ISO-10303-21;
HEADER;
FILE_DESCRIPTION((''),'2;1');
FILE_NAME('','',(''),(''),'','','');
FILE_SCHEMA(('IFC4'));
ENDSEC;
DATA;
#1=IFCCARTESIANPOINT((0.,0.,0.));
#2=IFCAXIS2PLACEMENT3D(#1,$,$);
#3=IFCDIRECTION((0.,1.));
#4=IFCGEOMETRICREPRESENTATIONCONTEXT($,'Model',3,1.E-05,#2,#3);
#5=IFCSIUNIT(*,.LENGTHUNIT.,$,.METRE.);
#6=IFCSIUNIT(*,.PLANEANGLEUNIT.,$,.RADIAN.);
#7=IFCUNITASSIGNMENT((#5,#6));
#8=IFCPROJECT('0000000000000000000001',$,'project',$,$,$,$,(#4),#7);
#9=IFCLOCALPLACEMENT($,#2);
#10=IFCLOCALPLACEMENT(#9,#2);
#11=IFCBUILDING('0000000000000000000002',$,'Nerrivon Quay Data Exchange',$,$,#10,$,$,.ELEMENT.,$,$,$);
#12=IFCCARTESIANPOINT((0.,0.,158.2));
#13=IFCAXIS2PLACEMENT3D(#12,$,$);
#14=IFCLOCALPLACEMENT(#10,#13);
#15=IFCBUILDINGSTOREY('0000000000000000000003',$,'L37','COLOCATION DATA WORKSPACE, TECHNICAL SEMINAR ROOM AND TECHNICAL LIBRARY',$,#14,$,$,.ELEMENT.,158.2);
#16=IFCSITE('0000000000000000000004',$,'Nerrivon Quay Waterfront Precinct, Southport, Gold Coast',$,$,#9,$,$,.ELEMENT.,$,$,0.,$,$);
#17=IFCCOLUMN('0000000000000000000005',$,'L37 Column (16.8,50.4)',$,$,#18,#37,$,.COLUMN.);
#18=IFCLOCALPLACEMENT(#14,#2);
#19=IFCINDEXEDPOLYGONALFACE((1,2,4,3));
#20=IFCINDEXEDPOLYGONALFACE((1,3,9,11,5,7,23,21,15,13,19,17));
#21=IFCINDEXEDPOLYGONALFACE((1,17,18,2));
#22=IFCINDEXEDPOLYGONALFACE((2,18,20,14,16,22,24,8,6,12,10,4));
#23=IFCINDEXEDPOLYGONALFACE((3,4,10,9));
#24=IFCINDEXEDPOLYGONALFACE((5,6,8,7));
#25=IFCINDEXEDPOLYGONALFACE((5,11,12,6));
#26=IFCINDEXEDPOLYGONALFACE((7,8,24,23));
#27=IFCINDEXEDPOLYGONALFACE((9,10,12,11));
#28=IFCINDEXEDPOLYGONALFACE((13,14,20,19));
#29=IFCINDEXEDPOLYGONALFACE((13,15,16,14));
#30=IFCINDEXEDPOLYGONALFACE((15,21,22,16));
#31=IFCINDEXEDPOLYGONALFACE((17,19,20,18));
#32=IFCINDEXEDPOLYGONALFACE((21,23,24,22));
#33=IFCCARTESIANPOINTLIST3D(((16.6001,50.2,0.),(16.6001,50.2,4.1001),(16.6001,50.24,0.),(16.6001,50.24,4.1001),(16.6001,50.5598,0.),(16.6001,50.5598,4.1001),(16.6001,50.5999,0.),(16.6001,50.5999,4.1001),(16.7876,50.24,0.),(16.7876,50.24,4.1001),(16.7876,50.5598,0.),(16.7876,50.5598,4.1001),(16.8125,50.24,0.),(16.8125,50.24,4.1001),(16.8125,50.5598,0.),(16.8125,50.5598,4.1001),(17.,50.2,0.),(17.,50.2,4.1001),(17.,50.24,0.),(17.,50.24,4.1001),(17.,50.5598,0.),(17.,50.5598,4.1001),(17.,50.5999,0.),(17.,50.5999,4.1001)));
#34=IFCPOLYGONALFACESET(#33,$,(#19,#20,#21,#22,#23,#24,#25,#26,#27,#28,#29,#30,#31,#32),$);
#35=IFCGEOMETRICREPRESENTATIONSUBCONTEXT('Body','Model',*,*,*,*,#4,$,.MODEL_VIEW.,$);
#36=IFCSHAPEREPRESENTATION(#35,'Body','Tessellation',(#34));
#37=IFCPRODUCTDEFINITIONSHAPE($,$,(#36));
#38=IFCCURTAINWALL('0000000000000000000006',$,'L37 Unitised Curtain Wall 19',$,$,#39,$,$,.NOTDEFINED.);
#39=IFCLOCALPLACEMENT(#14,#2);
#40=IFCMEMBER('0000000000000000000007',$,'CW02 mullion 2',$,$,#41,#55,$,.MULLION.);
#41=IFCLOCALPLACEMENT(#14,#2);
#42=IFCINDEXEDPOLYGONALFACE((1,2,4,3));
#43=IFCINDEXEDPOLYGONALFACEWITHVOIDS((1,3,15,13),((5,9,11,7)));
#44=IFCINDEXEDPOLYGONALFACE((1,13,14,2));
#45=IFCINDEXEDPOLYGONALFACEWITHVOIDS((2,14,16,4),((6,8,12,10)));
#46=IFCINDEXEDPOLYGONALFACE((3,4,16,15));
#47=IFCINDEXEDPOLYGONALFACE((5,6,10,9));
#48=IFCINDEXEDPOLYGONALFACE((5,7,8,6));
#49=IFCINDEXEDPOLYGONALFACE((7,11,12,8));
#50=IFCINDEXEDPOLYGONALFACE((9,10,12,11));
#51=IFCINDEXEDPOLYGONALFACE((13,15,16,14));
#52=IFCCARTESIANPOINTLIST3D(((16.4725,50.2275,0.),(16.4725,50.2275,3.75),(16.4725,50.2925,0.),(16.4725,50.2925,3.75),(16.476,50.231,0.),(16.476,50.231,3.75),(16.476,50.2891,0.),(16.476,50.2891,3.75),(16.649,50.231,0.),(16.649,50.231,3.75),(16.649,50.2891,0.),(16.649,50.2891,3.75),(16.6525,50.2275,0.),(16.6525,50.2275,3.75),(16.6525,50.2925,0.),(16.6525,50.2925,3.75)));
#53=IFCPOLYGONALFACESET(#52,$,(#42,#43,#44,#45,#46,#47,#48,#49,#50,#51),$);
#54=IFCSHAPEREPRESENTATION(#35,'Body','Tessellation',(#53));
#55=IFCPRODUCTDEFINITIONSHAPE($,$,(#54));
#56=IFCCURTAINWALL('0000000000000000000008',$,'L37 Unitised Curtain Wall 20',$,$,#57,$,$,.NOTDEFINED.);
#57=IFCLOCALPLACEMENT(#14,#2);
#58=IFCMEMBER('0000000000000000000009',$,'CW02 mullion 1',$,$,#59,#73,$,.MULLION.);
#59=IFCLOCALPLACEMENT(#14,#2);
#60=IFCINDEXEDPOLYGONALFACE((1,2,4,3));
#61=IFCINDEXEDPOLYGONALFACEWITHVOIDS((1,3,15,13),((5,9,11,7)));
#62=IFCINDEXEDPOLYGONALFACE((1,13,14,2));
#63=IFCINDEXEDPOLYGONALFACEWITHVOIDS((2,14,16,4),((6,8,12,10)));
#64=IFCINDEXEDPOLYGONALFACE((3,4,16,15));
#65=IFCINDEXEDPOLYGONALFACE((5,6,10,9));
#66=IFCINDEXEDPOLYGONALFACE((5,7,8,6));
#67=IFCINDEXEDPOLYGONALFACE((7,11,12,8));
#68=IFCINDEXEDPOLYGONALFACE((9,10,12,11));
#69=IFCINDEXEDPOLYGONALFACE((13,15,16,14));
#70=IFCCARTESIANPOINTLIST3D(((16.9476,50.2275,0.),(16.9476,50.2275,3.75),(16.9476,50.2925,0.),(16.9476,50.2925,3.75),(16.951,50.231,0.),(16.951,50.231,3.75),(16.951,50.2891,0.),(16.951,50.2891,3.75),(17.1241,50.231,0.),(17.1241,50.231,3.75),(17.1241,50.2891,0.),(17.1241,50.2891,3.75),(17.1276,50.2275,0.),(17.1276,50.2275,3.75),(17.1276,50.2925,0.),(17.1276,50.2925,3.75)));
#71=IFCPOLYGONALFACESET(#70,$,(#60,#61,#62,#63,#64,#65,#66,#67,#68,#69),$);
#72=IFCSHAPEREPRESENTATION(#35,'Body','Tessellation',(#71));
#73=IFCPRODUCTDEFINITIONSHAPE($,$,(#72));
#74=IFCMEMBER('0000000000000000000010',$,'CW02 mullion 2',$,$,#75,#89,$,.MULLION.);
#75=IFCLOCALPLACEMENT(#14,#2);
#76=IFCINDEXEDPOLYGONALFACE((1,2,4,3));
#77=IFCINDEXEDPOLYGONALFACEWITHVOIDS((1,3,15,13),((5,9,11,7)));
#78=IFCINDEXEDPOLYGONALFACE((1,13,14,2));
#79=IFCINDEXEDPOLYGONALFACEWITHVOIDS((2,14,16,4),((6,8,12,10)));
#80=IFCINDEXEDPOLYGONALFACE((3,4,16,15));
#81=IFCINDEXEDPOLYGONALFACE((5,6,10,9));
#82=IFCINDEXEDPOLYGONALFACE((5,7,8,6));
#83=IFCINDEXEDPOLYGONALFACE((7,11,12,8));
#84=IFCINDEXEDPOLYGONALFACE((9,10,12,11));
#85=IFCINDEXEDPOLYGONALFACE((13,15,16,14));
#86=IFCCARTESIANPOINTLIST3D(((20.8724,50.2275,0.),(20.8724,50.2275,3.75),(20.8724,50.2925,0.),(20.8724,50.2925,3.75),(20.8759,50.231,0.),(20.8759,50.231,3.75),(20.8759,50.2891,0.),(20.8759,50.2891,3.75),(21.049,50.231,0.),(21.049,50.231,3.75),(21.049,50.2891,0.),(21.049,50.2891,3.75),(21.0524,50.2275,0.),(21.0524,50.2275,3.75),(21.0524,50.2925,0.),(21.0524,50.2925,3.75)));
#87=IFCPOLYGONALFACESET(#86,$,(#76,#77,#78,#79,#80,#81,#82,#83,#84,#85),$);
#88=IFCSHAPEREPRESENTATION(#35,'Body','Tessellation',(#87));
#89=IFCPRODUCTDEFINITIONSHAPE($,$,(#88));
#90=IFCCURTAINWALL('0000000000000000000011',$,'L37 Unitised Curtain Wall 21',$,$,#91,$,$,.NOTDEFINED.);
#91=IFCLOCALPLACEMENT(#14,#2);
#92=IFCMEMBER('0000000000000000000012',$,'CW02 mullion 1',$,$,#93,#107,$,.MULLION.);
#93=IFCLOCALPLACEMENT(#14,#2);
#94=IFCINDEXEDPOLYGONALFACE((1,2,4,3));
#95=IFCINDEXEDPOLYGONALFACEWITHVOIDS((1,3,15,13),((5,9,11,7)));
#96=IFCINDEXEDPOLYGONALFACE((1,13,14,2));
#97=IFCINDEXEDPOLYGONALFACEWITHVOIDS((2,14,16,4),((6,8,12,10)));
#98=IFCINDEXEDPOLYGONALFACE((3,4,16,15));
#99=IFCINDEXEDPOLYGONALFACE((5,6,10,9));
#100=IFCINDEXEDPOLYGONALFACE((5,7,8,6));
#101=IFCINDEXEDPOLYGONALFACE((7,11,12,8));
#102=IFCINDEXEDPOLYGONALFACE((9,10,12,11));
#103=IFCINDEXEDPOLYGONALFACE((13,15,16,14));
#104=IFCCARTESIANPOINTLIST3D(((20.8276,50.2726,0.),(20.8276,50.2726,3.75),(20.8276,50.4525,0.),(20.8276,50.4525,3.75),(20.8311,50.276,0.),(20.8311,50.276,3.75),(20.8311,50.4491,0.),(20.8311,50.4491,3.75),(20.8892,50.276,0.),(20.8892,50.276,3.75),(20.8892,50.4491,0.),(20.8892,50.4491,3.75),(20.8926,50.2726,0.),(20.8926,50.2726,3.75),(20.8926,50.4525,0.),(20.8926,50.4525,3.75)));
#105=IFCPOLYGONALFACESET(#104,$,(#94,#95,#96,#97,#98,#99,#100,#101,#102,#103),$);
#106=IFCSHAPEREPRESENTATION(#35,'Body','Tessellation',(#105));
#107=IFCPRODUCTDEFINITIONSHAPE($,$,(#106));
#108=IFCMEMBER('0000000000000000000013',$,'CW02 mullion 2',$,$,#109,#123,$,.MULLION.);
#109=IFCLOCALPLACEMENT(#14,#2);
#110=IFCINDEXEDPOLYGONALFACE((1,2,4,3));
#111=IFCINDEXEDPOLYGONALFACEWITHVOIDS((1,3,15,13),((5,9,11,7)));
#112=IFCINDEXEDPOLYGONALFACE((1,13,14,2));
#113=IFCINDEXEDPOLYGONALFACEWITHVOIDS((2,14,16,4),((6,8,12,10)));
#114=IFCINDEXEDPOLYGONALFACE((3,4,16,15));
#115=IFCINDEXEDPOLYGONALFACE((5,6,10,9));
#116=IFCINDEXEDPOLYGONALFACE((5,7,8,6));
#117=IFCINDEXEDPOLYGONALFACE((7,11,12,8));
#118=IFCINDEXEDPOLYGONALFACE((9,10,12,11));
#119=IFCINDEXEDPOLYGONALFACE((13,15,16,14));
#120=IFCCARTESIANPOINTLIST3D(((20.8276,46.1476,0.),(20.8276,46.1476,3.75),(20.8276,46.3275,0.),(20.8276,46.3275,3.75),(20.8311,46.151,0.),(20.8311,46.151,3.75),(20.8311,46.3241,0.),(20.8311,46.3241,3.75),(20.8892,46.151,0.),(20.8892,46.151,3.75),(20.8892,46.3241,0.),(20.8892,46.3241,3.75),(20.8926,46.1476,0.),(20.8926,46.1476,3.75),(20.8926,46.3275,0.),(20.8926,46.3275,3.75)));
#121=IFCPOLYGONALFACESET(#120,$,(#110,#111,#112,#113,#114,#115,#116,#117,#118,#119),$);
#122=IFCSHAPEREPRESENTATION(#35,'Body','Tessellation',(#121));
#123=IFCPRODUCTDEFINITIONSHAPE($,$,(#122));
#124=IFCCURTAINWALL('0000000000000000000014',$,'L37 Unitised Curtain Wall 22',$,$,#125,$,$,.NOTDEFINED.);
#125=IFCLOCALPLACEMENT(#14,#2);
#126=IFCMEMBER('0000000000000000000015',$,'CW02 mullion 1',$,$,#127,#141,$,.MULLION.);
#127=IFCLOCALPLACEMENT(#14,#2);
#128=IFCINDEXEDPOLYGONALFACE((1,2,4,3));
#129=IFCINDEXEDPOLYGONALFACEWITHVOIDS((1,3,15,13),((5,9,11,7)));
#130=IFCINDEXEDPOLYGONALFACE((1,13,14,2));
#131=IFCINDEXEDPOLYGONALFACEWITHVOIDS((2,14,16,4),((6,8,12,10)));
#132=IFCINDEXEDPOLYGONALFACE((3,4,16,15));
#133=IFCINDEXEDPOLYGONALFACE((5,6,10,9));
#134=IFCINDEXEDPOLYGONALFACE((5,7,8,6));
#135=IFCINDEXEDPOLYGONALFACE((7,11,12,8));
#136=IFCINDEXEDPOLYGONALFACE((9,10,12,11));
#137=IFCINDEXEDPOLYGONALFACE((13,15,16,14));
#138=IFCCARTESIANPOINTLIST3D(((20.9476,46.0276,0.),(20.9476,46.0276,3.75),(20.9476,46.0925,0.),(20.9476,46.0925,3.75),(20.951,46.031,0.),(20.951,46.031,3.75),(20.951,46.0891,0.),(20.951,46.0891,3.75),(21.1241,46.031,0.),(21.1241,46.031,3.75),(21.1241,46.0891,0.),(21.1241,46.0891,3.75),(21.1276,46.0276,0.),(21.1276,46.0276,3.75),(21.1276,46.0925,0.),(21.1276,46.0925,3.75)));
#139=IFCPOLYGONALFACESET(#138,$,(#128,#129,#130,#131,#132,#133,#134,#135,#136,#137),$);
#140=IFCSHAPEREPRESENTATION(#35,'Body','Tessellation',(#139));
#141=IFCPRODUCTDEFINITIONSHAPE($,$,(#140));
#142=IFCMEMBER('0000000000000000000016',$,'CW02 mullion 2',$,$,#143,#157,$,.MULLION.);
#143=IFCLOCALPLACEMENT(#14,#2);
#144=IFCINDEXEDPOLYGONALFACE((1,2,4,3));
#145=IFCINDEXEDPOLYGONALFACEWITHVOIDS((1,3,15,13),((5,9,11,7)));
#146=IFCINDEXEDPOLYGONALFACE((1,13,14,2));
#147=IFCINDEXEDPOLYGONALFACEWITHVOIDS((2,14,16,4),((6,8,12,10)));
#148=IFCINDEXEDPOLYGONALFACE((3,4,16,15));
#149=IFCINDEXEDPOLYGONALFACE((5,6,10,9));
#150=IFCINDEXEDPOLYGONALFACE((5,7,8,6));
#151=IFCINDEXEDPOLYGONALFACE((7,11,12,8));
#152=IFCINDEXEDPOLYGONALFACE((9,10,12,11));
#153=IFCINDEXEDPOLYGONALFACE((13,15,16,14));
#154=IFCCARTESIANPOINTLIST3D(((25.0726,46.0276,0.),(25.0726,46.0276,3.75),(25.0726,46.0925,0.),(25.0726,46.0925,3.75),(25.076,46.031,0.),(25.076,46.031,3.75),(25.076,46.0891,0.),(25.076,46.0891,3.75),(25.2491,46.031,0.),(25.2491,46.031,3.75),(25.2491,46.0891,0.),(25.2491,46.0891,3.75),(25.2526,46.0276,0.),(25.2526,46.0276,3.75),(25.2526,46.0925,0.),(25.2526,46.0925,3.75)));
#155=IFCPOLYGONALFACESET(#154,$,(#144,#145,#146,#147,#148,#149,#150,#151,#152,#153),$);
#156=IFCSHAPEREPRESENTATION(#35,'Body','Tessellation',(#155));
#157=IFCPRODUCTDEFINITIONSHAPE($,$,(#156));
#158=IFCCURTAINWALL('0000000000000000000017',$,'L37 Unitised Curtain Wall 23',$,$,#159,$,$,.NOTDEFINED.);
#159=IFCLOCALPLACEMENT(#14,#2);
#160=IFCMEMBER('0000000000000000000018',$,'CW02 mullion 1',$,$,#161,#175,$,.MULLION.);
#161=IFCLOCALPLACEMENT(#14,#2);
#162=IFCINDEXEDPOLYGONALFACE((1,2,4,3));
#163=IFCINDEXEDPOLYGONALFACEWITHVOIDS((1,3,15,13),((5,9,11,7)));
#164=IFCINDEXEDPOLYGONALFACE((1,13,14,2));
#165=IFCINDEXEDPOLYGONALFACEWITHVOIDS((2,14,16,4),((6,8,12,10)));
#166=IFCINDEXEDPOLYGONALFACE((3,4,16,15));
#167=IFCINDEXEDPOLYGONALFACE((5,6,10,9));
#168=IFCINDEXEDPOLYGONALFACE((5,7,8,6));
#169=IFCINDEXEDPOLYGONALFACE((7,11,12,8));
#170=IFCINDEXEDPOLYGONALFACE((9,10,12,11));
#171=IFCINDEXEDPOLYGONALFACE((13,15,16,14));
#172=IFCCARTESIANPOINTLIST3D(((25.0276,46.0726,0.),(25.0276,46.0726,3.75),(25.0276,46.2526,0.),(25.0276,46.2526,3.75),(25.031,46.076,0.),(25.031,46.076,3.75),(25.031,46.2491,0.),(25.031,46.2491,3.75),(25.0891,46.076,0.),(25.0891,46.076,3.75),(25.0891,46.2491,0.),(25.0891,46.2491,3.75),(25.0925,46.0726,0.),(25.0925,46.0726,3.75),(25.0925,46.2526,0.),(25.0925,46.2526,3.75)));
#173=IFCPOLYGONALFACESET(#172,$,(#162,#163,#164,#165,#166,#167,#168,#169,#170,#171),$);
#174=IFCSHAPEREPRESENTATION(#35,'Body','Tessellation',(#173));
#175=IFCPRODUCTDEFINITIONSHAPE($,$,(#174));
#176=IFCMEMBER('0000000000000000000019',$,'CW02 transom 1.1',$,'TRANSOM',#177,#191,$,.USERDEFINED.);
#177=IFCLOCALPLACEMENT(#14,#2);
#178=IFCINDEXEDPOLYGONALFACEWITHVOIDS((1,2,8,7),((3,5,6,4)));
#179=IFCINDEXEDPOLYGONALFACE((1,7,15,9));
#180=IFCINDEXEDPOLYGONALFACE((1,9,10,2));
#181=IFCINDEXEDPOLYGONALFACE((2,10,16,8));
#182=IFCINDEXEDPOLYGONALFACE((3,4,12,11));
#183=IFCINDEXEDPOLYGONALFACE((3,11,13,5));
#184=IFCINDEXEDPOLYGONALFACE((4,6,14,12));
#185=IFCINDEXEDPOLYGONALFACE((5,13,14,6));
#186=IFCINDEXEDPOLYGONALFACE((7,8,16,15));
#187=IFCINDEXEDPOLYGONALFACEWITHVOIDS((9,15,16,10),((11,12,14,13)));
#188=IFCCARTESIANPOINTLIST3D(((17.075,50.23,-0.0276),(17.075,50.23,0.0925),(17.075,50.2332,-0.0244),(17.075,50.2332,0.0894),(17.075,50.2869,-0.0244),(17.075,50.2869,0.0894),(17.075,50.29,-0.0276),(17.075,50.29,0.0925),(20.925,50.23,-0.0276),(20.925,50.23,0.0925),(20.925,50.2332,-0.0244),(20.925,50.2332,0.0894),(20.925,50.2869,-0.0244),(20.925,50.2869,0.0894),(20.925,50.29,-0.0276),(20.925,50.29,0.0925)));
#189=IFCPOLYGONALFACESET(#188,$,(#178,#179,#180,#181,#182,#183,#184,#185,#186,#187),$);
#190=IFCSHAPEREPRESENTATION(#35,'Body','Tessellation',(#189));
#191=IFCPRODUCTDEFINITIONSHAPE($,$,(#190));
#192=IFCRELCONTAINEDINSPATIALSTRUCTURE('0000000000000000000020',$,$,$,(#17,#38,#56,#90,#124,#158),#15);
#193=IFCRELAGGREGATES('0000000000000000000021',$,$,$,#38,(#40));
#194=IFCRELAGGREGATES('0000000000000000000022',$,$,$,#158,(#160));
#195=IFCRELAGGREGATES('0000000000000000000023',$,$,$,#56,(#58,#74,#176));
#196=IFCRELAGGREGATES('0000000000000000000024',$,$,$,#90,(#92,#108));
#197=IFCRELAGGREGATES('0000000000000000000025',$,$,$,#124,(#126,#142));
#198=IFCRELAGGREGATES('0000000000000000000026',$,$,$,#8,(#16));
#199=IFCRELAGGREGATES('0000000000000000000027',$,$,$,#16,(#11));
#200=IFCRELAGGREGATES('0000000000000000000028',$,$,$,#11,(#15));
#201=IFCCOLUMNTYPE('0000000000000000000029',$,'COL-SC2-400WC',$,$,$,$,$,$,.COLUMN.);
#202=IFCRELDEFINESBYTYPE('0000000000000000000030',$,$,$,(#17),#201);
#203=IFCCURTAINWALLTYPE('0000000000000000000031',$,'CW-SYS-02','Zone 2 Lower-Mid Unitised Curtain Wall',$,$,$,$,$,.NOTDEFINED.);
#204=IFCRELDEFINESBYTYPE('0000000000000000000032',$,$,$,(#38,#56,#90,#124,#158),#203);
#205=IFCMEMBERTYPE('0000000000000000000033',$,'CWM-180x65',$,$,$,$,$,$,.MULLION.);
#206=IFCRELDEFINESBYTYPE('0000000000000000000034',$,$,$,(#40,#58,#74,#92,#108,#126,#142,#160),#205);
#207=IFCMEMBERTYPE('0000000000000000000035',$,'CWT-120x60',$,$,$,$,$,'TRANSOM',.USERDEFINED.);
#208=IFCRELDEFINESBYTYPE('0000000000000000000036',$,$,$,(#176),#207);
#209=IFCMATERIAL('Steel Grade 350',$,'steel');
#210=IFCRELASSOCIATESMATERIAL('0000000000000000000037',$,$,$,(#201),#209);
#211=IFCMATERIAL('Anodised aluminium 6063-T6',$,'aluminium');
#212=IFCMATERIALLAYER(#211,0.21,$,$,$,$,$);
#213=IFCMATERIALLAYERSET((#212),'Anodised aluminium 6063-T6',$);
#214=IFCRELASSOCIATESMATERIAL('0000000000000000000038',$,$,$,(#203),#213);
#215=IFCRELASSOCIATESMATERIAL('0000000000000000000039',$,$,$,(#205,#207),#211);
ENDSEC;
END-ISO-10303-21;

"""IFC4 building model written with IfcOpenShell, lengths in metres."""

from ifc_helpers import new_model, si_unit, direction, frame, origin, origin_2d, place, context, subcontext, project, spatial, hollow_rectangle, i_section, extrude, material, layer, layer_set, material_profile, profile_set, type_object, element, aggregate, save


model = new_model("IFC4")

# Units and contexts
model_context = context("Model", 3, precision=1e-05, world=origin(), true_north=direction((0.0, 1.0)))
body_context = subcontext(model_context, "Body", "Model", "MODEL_VIEW")
ifc_project = project(units=[si_unit("LENGTHUNIT", "METRE"), si_unit("PLANEANGLEUNIT", "RADIAN")], contexts=[model_context])

# Site, building, storey
site_placement = place(None, origin())
site = spatial("IfcSite", under=ifc_project, at=site_placement, Name="Nerrivon Quay Waterfront Precinct, Southport, Gold Coast", CompositionType="ELEMENT", RefElevation=0.0)
building_placement = place(site_placement, origin())
building = spatial("IfcBuilding", under=site, at=building_placement, Name="Nerrivon Quay Data Exchange", CompositionType="ELEMENT")
storey_placement = place(building_placement, frame((0.0, 0.0, 158.2)))
storey = spatial("IfcBuildingStorey", under=building, at=storey_placement, Name="L37", Description="COLOCATION DATA WORKSPACE, TECHNICAL SEMINAR ROOM AND TECHNICAL LIBRARY", CompositionType="ELEMENT", Elevation=158.2)

# Column
ifc_material_1 = material(Name="Steel Grade 350", Category="steel")
ifc_material_profile_1 = material_profile(ifc_material_1, i_section(OverallWidth=0.3999, OverallDepth=0.3999, WebThickness=0.0249, FlangeThickness=0.04, at=origin_2d()), Name="400WC328")
ifc_profile_set_1 = profile_set([ifc_material_profile_1], Name="Steel Grade 350")
column_type = type_object("IfcColumnType", Name="COL-SC2-400WC", PredefinedType="COLUMN", material=ifc_profile_set_1)
column_placement = place(storey_placement, frame((16.8, 50.3999, 0.0), z_axis=(0.0, 0.0, 1.0), x_axis=(1.0, 0.0, 0.0)))
element("IfcColumn", 1, at=column_placement, inside=storey, type_object=column_type, Name="L37 Column (16.8,50.4)", PredefinedType="COLUMN", context=body_context, shape_type="SweptSolid", body=[
    extrude(i_section(OverallWidth=0.3999, OverallDepth=0.3999, WebThickness=0.0249, FlangeThickness=0.04, at=origin_2d()), origin(), (0.0, 0.0, 1.0), 4.1001),
])

# Curtain wall, member
ifc_material_2 = material(Name="Anodised aluminium 6063-T6", Category="aluminium")
ifc_layer_1 = layer(ifc_material_2, 0.21)
ifc_layer_set_1 = layer_set([ifc_layer_1], Name="Anodised aluminium 6063-T6")
curtain_wall_type = type_object("IfcCurtainWallType", Name="CW-SYS-02", Description="Zone 2 Lower-Mid Unitised Curtain Wall", PredefinedType="NOTDEFINED", material=ifc_layer_set_1)
curtain_wall_1_placement = place(storey_placement, origin())
curtain_wall_1 = element("IfcCurtainWall", 2, at=curtain_wall_1_placement, inside=storey, type_object=curtain_wall_type, Name="L37 Unitised Curtain Wall 19", PredefinedType="NOTDEFINED")
ifc_material_profile_2 = material_profile(ifc_material_2, hollow_rectangle(XDim=0.0649, YDim=0.1799, WallThickness=0.0034, at=origin_2d()), Name="ALU-MULL-180x65")
ifc_profile_set_2 = profile_set([ifc_material_profile_2], Name="Anodised aluminium 6063-T6")
member_type_1 = type_object("IfcMemberType", Name="CWM-180x65", PredefinedType="MULLION", material=ifc_profile_set_2)
member_1_placement = place(storey_placement, frame((16.5625, 50.26, 0.0), z_axis=(0.0, 0.0, 1.0), x_axis=(0.0, 1.0, 0.0)))
member_1 = element("IfcMember", 3, at=member_1_placement, type_object=member_type_1, Name="CW02 mullion 2", PredefinedType="MULLION", context=body_context, shape_type="SweptSolid", body=[
    extrude(hollow_rectangle(XDim=0.0649, YDim=0.1799, WallThickness=0.0034, at=origin_2d()), origin(), (0.0, 0.0, 1.0), 3.75),
])
aggregate(curtain_wall_1, [member_1])

# Curtain walls, members
curtain_wall_2_placement = place(storey_placement, origin())
curtain_wall_2 = element("IfcCurtainWall", 4, at=curtain_wall_2_placement, inside=storey, type_object=curtain_wall_type, Name="L37 Unitised Curtain Wall 20", PredefinedType="NOTDEFINED")
member_2_placement = place(storey_placement, frame((17.0376, 50.26, 0.0), z_axis=(0.0, 0.0, 1.0), x_axis=(0.0, 1.0, 0.0)))
member_2 = element("IfcMember", 5, at=member_2_placement, type_object=member_type_1, Name="CW02 mullion 1", PredefinedType="MULLION", context=body_context, shape_type="SweptSolid", body=[
    extrude(hollow_rectangle(XDim=0.0649, YDim=0.1799, WallThickness=0.0034, at=origin_2d()), origin(), (0.0, 0.0, 1.0), 3.75),
])
member_3_placement = place(storey_placement, frame((20.9624, 50.26, 0.0), z_axis=(0.0, 0.0, 1.0), x_axis=(0.0, 1.0, 0.0)))
member_3 = element("IfcMember", 6, at=member_3_placement, type_object=member_type_1, Name="CW02 mullion 2", PredefinedType="MULLION", context=body_context, shape_type="SweptSolid", body=[
    extrude(hollow_rectangle(XDim=0.0649, YDim=0.1799, WallThickness=0.0034, at=origin_2d()), origin(), (0.0, 0.0, 1.0), 3.75),
])
curtain_wall_3_placement = place(storey_placement, origin())
curtain_wall_3 = element("IfcCurtainWall", 7, at=curtain_wall_3_placement, inside=storey, type_object=curtain_wall_type, Name="L37 Unitised Curtain Wall 21", PredefinedType="NOTDEFINED")
member_4_placement = place(storey_placement, frame((20.8601, 50.3625, 0.0), z_axis=(0.0, 0.0, 1.0), x_axis=(1.0, 0.0, 0.0)))
member_4 = element("IfcMember", 8, at=member_4_placement, type_object=member_type_1, Name="CW02 mullion 1", PredefinedType="MULLION", context=body_context, shape_type="SweptSolid", body=[
    extrude(hollow_rectangle(XDim=0.0649, YDim=0.1799, WallThickness=0.0034, at=origin_2d()), origin(), (0.0, 0.0, 1.0), 3.75),
])
member_5_placement = place(storey_placement, frame((20.8601, 46.2375, 0.0), z_axis=(0.0, 0.0, 1.0), x_axis=(1.0, 0.0, 0.0)))
member_5 = element("IfcMember", 9, at=member_5_placement, type_object=member_type_1, Name="CW02 mullion 2", PredefinedType="MULLION", context=body_context, shape_type="SweptSolid", body=[
    extrude(hollow_rectangle(XDim=0.0649, YDim=0.1799, WallThickness=0.0034, at=origin_2d()), origin(), (0.0, 0.0, 1.0), 3.75),
])
curtain_wall_4_placement = place(storey_placement, origin())
curtain_wall_4 = element("IfcCurtainWall", 10, at=curtain_wall_4_placement, inside=storey, type_object=curtain_wall_type, Name="L37 Unitised Curtain Wall 22", PredefinedType="NOTDEFINED")
member_6_placement = place(storey_placement, frame((21.0376, 46.0601, 0.0), z_axis=(0.0, 0.0, 1.0), x_axis=(0.0, 1.0, 0.0)))
member_6 = element("IfcMember", 11, at=member_6_placement, type_object=member_type_1, Name="CW02 mullion 1", PredefinedType="MULLION", context=body_context, shape_type="SweptSolid", body=[
    extrude(hollow_rectangle(XDim=0.0649, YDim=0.1799, WallThickness=0.0034, at=origin_2d()), origin(), (0.0, 0.0, 1.0), 3.75),
])
member_7_placement = place(storey_placement, frame((25.1626, 46.0601, 0.0), z_axis=(0.0, 0.0, 1.0), x_axis=(0.0, 1.0, 0.0)))
member_7 = element("IfcMember", 12, at=member_7_placement, type_object=member_type_1, Name="CW02 mullion 2", PredefinedType="MULLION", context=body_context, shape_type="SweptSolid", body=[
    extrude(hollow_rectangle(XDim=0.0649, YDim=0.1799, WallThickness=0.0034, at=origin_2d()), origin(), (0.0, 0.0, 1.0), 3.75),
])

# Curtain wall, member
curtain_wall_5_placement = place(storey_placement, origin())
curtain_wall_5 = element("IfcCurtainWall", 13, at=curtain_wall_5_placement, inside=storey, type_object=curtain_wall_type, Name="L37 Unitised Curtain Wall 23", PredefinedType="NOTDEFINED")
member_8_placement = place(storey_placement, frame((25.0601, 46.1626, 0.0), z_axis=(0.0, 0.0, 1.0), x_axis=(1.0, 0.0, 0.0)))
member_8 = element("IfcMember", 14, at=member_8_placement, type_object=member_type_1, Name="CW02 mullion 1", PredefinedType="MULLION", context=body_context, shape_type="SweptSolid", body=[
    extrude(hollow_rectangle(XDim=0.0649, YDim=0.1799, WallThickness=0.0034, at=origin_2d()), origin(), (0.0, 0.0, 1.0), 3.75),
])

# Member
ifc_material_profile_3 = material_profile(ifc_material_2, hollow_rectangle(XDim=0.0601, YDim=0.1201, WallThickness=0.0032, at=origin_2d()), Name="ALU-TRAN-120x60")
ifc_profile_set_3 = profile_set([ifc_material_profile_3], Name="Anodised aluminium 6063-T6")
member_type_2 = type_object("IfcMemberType", Name="CWT-120x60", ElementType="TRANSOM", PredefinedType="USERDEFINED", material=ifc_profile_set_3)
member_9_placement = place(storey_placement, frame((17.075, 50.26, 0.0325), z_axis=(1.0, 0.0, 0.0), x_axis=(0.0, 1.0, 0.0)))
member_9 = element("IfcMember", 15, at=member_9_placement, type_object=member_type_2, Name="CW02 transom 1.1", ObjectType="TRANSOM", PredefinedType="USERDEFINED", context=body_context, shape_type="SweptSolid", body=[
    extrude(hollow_rectangle(XDim=0.0601, YDim=0.1201, WallThickness=0.0032, at=origin_2d()), origin(), (0.0, 0.0, 1.0), 3.8501),
])
aggregate(curtain_wall_5, [member_8])

aggregate(curtain_wall_2, [member_2, member_3, member_9])
aggregate(curtain_wall_3, [member_4, member_5])
aggregate(curtain_wall_4, [member_6, member_7])

save(model, "model.ifc")
